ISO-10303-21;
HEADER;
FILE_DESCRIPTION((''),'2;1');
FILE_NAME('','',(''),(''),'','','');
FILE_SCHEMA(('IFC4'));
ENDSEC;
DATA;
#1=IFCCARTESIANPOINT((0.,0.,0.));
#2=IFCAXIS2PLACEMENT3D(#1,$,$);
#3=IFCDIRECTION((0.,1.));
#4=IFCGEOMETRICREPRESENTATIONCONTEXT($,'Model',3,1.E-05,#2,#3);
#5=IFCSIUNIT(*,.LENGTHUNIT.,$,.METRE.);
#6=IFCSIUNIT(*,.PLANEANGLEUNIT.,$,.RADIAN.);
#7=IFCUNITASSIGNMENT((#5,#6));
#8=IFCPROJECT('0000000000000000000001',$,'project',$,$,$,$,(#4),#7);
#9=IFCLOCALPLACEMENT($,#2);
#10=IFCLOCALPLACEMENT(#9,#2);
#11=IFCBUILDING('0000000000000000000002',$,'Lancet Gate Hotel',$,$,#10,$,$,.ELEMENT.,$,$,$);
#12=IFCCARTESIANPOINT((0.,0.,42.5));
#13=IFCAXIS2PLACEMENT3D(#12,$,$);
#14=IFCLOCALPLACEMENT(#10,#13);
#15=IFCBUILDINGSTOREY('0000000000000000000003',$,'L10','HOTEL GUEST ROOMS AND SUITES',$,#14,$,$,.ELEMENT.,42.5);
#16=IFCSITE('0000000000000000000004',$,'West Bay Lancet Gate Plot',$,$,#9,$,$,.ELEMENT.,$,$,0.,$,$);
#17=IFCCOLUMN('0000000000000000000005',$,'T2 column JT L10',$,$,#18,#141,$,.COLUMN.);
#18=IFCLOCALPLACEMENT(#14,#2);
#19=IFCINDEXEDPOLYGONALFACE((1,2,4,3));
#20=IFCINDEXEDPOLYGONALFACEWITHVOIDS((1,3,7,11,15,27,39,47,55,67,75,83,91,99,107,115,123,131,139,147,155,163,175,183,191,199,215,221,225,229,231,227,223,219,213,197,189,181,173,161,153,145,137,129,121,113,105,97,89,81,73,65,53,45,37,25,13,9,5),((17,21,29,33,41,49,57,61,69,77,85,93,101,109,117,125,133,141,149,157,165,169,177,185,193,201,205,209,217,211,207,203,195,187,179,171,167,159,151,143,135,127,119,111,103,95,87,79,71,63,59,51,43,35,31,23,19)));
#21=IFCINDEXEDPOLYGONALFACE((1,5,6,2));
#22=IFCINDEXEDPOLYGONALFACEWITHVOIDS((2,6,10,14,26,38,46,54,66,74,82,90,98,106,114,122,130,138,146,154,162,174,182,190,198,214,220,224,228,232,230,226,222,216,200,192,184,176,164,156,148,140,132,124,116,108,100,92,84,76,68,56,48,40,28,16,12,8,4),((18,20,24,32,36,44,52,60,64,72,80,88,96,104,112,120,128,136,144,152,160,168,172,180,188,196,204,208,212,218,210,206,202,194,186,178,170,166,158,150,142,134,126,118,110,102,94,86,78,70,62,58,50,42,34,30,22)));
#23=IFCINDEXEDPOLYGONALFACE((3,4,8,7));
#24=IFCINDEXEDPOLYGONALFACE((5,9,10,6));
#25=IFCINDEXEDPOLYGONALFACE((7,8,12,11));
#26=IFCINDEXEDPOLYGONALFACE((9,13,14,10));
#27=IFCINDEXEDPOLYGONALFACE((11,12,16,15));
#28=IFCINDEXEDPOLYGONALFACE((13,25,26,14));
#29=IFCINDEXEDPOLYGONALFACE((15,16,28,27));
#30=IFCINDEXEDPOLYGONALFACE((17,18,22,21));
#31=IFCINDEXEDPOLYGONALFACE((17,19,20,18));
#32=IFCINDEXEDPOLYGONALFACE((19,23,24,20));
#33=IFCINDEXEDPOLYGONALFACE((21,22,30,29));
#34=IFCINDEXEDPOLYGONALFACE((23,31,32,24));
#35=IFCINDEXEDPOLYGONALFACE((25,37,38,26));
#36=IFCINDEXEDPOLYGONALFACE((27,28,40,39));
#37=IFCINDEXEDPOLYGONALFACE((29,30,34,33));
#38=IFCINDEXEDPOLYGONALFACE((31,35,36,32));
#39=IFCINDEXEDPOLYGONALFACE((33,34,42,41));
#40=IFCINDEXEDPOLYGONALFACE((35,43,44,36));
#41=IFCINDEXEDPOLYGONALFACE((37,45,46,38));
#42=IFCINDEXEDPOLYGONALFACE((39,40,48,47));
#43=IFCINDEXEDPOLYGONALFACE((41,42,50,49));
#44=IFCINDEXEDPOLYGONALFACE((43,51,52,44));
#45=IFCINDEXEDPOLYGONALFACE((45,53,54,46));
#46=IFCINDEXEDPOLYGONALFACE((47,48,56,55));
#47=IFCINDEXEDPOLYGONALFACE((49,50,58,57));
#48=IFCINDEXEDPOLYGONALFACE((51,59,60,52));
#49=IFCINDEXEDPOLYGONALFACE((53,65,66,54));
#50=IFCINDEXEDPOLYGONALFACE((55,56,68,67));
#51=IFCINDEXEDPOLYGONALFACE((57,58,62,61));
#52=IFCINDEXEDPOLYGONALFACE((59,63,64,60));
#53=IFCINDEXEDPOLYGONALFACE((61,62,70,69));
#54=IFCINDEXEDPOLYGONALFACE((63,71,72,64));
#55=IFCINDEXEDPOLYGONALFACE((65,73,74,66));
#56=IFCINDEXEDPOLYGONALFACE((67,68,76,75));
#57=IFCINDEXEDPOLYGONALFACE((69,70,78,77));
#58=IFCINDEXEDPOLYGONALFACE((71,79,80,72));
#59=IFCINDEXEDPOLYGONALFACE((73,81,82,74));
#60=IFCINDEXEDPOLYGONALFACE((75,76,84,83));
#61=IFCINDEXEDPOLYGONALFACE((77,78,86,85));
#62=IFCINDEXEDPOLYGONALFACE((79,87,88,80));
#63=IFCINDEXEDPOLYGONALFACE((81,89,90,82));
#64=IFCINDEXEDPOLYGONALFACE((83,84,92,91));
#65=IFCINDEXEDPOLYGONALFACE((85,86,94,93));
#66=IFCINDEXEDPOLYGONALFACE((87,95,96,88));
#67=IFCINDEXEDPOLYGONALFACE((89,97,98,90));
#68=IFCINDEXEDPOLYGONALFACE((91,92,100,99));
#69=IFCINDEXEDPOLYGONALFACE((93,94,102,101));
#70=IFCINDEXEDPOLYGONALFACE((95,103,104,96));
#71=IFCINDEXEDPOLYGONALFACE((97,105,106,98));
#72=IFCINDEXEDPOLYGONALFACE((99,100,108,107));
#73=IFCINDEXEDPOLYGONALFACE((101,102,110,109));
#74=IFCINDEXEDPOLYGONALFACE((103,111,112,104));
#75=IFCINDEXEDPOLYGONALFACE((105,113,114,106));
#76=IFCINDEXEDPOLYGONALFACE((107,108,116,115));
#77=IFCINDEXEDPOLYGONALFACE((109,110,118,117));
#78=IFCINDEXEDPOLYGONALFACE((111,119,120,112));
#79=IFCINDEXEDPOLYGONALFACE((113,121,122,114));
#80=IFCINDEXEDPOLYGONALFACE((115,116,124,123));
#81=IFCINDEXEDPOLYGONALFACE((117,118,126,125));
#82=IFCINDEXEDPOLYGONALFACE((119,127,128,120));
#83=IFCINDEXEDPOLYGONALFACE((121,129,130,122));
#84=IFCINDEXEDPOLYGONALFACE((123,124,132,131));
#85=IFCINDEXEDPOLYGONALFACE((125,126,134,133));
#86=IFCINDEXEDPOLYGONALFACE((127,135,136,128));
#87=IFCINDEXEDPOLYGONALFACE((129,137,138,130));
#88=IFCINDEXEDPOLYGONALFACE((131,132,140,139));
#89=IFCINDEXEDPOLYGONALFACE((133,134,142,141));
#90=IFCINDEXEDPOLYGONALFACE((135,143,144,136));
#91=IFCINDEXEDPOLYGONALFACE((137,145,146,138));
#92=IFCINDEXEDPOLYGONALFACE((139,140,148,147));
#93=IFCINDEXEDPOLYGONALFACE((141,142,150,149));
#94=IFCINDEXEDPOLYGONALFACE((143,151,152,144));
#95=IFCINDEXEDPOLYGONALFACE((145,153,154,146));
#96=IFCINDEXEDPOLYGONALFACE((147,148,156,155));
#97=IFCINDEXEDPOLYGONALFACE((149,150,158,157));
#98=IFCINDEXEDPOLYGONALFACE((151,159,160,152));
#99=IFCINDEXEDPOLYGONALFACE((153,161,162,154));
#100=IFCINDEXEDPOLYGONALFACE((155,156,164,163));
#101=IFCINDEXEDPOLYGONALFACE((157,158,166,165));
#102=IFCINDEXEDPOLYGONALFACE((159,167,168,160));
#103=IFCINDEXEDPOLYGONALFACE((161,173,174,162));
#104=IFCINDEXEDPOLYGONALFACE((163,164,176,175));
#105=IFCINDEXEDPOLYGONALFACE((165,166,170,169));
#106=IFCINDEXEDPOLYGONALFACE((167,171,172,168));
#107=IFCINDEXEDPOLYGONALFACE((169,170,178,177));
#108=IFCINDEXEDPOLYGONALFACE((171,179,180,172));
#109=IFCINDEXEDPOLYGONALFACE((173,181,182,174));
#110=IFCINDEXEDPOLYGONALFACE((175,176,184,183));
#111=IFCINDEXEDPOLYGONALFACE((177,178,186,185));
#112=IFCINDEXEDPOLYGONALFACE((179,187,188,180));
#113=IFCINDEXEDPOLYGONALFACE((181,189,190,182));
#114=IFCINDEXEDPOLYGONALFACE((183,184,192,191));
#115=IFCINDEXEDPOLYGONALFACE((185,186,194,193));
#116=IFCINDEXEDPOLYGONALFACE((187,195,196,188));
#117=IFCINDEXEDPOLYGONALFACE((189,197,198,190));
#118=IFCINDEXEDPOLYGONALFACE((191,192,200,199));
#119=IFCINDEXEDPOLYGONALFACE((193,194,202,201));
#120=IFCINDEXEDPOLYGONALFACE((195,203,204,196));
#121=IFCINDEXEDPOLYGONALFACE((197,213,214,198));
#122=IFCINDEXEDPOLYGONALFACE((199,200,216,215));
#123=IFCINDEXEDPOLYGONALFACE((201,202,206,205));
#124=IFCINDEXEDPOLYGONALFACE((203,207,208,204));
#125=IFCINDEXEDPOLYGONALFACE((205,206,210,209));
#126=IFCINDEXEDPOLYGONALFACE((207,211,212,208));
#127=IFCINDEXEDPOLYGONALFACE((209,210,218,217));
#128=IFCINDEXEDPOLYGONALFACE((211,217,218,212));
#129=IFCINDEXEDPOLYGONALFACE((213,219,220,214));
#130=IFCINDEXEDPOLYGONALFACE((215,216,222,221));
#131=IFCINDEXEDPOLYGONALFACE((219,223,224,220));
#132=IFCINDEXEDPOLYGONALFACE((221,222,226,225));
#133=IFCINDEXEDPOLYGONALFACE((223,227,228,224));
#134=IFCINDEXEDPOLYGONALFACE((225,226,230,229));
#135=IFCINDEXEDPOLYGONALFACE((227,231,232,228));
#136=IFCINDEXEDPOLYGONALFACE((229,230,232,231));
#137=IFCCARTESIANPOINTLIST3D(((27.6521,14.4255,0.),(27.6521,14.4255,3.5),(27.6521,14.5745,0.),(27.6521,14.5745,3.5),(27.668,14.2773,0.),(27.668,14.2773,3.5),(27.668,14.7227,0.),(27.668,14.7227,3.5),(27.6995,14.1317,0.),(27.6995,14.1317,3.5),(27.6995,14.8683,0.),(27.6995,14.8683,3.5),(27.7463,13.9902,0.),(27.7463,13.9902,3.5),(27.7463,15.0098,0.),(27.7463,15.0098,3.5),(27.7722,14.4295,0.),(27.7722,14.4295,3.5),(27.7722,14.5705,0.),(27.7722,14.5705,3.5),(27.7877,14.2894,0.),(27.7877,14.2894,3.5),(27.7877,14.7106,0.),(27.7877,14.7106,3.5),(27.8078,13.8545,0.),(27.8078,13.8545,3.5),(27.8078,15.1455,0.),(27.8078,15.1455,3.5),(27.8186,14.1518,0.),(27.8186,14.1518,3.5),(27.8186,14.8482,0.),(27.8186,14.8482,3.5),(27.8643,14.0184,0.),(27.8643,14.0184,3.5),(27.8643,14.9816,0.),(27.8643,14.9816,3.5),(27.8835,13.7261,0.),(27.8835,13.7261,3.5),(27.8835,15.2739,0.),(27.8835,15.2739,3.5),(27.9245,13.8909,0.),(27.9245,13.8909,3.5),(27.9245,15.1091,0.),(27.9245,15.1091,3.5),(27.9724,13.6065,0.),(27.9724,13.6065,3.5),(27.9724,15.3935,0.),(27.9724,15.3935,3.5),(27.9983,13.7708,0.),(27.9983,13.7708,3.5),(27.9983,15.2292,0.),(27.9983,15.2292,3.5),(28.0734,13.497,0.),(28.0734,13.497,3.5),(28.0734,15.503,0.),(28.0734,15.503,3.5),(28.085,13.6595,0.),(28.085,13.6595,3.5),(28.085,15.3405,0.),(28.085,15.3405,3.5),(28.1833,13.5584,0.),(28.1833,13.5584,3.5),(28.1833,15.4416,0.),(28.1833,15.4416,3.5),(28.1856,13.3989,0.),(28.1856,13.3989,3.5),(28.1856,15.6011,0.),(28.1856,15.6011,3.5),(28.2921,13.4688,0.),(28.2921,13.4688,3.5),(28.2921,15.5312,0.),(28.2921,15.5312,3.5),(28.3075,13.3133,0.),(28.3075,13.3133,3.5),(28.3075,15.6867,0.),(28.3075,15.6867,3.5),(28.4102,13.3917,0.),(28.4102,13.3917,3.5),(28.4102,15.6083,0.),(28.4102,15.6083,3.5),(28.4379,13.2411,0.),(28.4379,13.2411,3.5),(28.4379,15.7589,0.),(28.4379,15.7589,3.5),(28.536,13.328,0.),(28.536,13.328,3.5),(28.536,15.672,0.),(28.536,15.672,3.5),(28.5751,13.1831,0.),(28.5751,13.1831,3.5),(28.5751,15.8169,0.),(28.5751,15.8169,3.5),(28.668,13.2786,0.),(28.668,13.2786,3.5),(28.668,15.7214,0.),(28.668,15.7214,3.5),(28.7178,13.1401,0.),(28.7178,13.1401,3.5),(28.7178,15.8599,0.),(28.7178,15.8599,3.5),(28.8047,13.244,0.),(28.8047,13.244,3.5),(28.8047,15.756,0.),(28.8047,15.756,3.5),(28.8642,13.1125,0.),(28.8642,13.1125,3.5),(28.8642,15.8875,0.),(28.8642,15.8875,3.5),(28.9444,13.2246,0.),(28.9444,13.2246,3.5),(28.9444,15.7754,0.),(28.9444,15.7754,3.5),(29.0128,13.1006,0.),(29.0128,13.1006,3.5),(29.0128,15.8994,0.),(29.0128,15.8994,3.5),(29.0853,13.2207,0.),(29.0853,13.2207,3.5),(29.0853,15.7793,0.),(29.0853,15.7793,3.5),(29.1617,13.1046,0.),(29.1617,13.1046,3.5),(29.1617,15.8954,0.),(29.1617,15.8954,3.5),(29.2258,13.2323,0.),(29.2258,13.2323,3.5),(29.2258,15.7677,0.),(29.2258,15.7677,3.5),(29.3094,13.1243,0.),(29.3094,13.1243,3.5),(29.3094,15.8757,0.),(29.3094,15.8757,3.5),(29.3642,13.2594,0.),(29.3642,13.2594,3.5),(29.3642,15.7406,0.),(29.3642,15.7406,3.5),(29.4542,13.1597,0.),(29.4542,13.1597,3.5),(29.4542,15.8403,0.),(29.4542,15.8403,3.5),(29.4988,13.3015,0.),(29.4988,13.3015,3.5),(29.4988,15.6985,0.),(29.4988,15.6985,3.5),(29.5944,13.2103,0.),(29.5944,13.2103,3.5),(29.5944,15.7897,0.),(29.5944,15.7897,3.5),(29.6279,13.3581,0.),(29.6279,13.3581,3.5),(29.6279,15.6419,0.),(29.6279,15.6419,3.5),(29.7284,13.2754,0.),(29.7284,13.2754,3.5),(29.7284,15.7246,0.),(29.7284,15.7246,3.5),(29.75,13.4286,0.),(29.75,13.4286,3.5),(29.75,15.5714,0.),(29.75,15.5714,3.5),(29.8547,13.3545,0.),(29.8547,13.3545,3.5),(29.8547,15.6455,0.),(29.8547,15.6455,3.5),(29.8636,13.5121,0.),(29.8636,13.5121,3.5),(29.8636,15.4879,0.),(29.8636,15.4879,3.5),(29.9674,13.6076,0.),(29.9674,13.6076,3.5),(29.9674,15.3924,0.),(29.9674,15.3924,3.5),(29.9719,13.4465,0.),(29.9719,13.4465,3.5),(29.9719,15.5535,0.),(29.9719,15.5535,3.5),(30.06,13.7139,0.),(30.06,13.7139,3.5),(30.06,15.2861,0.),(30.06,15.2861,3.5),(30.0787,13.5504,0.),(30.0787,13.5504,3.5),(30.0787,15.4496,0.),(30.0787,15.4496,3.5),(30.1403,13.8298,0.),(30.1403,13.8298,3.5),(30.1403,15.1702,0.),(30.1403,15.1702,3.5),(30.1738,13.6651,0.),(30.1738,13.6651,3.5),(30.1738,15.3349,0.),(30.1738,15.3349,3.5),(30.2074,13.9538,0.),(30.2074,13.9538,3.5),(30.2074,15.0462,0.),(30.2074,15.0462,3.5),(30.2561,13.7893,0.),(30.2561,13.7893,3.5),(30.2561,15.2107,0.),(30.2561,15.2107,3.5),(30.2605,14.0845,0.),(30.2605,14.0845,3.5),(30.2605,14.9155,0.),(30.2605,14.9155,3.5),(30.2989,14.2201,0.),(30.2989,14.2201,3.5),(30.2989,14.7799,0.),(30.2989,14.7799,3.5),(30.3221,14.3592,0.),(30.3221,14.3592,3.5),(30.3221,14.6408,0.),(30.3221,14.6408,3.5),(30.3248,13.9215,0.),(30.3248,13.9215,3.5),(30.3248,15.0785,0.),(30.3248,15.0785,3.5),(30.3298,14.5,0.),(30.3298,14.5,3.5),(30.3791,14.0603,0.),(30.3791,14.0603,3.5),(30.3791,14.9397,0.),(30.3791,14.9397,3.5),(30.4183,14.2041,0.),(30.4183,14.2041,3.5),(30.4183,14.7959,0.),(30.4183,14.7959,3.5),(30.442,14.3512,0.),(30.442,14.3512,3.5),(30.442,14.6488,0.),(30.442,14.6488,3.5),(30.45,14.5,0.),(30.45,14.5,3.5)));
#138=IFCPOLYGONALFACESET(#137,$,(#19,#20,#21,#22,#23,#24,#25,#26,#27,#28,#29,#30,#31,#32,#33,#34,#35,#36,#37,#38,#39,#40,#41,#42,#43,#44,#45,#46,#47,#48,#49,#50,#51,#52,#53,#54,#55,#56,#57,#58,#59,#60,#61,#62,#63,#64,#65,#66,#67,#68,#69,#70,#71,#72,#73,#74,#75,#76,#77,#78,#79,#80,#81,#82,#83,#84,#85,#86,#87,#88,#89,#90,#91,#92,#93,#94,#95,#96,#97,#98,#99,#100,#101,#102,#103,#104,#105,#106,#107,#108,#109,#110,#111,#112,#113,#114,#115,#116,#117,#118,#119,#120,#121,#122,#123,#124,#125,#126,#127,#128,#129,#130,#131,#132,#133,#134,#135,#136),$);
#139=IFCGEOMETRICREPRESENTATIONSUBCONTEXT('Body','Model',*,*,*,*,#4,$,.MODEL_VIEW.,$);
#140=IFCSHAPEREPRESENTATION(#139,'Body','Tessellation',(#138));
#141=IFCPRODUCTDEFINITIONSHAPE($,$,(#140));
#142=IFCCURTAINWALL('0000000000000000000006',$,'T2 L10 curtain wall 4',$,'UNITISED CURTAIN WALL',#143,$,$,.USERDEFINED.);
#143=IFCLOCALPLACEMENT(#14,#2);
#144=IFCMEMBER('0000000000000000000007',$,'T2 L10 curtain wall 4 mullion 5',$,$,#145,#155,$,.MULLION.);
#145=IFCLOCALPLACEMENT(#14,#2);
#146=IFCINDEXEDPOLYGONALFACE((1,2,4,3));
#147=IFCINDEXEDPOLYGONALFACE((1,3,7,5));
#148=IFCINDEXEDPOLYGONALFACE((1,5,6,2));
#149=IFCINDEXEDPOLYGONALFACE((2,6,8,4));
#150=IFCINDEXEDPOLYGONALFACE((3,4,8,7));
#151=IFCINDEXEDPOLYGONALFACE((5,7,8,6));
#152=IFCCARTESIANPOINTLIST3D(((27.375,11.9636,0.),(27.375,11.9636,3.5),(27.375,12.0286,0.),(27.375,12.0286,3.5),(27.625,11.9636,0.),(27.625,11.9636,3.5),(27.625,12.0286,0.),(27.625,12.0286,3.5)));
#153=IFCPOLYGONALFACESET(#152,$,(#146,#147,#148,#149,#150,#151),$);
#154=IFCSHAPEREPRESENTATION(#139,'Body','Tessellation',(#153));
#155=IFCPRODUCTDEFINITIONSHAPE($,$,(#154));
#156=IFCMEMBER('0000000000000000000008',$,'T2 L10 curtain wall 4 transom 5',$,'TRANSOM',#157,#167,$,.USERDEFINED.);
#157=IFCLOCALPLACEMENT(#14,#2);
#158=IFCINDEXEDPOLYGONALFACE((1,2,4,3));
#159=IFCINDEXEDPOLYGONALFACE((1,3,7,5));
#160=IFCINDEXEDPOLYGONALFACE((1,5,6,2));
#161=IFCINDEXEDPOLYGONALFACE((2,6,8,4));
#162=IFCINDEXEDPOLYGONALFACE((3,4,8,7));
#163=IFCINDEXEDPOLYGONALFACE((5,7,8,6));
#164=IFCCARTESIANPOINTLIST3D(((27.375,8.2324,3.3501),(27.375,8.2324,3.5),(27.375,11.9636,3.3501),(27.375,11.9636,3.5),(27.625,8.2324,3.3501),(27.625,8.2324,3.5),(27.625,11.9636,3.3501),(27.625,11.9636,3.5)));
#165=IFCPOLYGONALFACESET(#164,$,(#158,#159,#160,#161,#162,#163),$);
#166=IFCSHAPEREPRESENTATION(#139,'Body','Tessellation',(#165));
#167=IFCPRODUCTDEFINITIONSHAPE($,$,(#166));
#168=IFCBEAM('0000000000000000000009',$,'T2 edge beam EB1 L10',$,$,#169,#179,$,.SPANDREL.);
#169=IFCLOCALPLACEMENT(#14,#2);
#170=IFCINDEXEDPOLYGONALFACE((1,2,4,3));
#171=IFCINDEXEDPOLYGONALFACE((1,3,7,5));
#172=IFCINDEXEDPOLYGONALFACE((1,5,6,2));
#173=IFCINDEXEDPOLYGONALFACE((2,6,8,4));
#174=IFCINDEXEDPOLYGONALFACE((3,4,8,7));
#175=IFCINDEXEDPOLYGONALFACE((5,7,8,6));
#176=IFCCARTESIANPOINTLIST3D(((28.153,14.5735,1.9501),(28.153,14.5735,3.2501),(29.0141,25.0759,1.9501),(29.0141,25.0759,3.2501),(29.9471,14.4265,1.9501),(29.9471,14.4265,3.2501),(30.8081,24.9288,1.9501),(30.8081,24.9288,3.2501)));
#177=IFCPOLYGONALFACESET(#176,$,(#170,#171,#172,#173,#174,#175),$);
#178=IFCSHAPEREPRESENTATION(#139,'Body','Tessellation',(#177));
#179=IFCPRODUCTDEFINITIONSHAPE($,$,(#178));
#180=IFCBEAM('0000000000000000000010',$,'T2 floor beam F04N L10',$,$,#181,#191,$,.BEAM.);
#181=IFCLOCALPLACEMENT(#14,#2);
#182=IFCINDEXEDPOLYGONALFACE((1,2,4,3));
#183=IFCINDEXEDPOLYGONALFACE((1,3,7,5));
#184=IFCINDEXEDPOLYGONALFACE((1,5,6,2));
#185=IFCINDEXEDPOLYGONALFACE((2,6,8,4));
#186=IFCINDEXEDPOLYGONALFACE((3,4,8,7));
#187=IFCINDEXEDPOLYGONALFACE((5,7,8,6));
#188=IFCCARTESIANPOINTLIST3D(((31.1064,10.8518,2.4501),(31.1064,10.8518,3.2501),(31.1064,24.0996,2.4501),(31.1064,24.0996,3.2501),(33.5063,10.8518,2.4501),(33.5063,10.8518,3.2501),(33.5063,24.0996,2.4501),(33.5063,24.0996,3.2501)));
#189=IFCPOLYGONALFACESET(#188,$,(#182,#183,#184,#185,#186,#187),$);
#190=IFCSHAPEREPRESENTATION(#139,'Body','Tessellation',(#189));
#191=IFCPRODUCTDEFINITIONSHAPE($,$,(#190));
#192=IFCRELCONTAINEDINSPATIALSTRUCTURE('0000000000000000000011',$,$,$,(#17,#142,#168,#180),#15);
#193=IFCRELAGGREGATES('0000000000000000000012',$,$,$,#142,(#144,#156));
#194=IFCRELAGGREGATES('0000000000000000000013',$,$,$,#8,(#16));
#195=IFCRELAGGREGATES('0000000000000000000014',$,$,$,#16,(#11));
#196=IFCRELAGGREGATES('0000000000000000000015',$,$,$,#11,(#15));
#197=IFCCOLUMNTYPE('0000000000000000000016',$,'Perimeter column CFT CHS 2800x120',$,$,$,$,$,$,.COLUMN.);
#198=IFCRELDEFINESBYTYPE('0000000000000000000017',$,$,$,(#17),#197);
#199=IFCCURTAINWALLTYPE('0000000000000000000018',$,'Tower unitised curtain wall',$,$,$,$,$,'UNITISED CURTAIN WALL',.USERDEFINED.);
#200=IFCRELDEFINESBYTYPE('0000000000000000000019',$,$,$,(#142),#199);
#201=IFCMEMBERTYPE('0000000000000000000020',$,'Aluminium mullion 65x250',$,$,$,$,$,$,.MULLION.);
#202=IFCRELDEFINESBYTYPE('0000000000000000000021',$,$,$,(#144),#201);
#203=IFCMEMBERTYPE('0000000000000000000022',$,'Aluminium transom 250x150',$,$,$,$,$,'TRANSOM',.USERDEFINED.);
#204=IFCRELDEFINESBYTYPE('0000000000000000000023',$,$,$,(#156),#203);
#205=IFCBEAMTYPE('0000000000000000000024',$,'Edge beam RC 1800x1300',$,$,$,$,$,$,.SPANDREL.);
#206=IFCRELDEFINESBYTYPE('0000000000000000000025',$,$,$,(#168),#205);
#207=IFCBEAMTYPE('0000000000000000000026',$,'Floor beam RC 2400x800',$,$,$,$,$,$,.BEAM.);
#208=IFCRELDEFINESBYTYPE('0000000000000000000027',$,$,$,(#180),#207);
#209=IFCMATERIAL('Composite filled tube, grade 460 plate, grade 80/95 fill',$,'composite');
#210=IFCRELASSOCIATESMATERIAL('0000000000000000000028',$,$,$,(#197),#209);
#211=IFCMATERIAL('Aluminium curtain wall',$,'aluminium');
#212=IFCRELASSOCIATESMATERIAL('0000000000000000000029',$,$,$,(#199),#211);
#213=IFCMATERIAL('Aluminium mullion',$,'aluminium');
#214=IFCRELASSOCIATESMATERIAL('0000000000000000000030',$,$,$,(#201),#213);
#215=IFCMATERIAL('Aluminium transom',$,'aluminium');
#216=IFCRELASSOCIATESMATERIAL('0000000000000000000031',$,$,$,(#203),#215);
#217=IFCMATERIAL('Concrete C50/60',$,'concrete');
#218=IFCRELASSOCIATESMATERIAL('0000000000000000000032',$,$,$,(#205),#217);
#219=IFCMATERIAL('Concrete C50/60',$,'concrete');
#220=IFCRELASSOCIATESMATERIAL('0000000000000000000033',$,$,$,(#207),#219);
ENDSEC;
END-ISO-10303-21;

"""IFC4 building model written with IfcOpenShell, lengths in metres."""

from ifc_helpers import new_model, si_unit, direction, frame, origin, origin_2d, place, context, subcontext, project, spatial, rectangle, hollow_circle, extrude, material, material_profile, profile_set, type_object, element, aggregate, save


model = new_model("IFC4")

# Units and contexts
model_context = context("Model", 3, precision=1e-05, world=origin(), true_north=direction((0.0, 1.0)))
body_context = subcontext(model_context, "Body", "Model", "MODEL_VIEW")
ifc_project = project(units=[si_unit("LENGTHUNIT", "METRE"), si_unit("PLANEANGLEUNIT", "RADIAN")], contexts=[model_context])

# Site, building, storey
site_placement = place(None, origin())
site = spatial("IfcSite", under=ifc_project, at=site_placement, Name="West Bay Lancet Gate Plot", CompositionType="ELEMENT", RefElevation=0.0)
building_placement = place(site_placement, origin())
building = spatial("IfcBuilding", under=site, at=building_placement, Name="Lancet Gate Hotel", CompositionType="ELEMENT")
storey_placement = place(building_placement, frame((0.0, 0.0, 42.5)))
storey = spatial("IfcBuildingStorey", under=building, at=storey_placement, Name="L10", Description="HOTEL GUEST ROOMS AND SUITES", CompositionType="ELEMENT", Elevation=42.5)

# Column
ifc_material_1 = material(Name="Composite filled tube, grade 460 plate, grade 80/95 fill", Category="composite")
ifc_material_profile_1 = material_profile(ifc_material_1, hollow_circle(Radius=1.3999, WallThickness=0.1201, at=origin_2d()), Name="CHS 2800x120")
ifc_profile_set_1 = profile_set([ifc_material_profile_1], Name="Composite filled tube, grade 460 plate, grade 80/95 fill")
column_type = type_object("IfcColumnType", Name="Perimeter column CFT CHS 2800x120", PredefinedType="COLUMN", material=ifc_profile_set_1)
for number, where, z_axis, x_axis, name in (
    (1, (29.05, 14.5, 0.0), (0.0, 0.0, 1.0), (1.0, 0.0, 0.0), "T2 column JT L10"),
):
    element("IfcColumn", number, at=place(storey_placement, frame(where, z_axis=z_axis, x_axis=x_axis)), inside=storey, type_object=column_type, Name=name, PredefinedType="COLUMN", context=body_context, shape_type="SweptSolid", body=[
        extrude(hollow_circle(Radius=1.3999, WallThickness=0.1201, at=origin_2d()), origin(), (0.0, 0.0, 1.0), 3.5),
    ])

# Curtain wall, members
ifc_material_2 = material(Name="Aluminium curtain wall", Category="aluminium")
curtain_wall_type = type_object("IfcCurtainWallType", Name="Tower unitised curtain wall", ElementType="UNITISED CURTAIN WALL", PredefinedType="USERDEFINED", material=ifc_material_2)
curtain_wall_placement = place(storey_placement, origin())
curtain_wall = element("IfcCurtainWall", 2, at=curtain_wall_placement, inside=storey, type_object=curtain_wall_type, Name="T2 L10 curtain wall 4", ObjectType="UNITISED CURTAIN WALL", PredefinedType="USERDEFINED")
ifc_material_3 = material(Name="Aluminium mullion", Category="aluminium")
ifc_material_profile_2 = material_profile(ifc_material_3, rectangle(XDim=0.0649, YDim=0.25, at=origin_2d()), Name="MULLION 65x250")
ifc_profile_set_2 = profile_set([ifc_material_profile_2], Name="Aluminium mullion")
member_type_1 = type_object("IfcMemberType", Name="Aluminium mullion 65x250", PredefinedType="MULLION", material=ifc_profile_set_2)
member_1_placement = place(storey_placement, frame((27.5, 11.9961, 0.0), z_axis=(0.0, 0.0, 1.0), x_axis=(0.0, -1.0, 0.0)))
member_1 = element("IfcMember", 3, at=member_1_placement, type_object=member_type_1, Name="T2 L10 curtain wall 4 mullion 5", PredefinedType="MULLION", context=body_context, shape_type="SweptSolid", body=[
    extrude(rectangle(XDim=0.0649, YDim=0.25, at=origin_2d()), origin(), (0.0, 0.0, 1.0), 3.5),
])
ifc_material_4 = material(Name="Aluminium transom", Category="aluminium")
ifc_material_profile_3 = material_profile(ifc_material_4, rectangle(XDim=0.25, YDim=0.1499, at=origin_2d()), Name="TRANSOM 250x150")
ifc_profile_set_3 = profile_set([ifc_material_profile_3], Name="Aluminium transom")
member_type_2 = type_object("IfcMemberType", Name="Aluminium transom 250x150", ElementType="TRANSOM", PredefinedType="USERDEFINED", material=ifc_profile_set_3)
member_2_placement = place(storey_placement, frame((27.5, 11.9636, 3.425), z_axis=(0.0, -1.0, 0.0), x_axis=(1.0, 0.0, 0.0)))
member_2 = element("IfcMember", 4, at=member_2_placement, type_object=member_type_2, Name="T2 L10 curtain wall 4 transom 5", ObjectType="TRANSOM", PredefinedType="USERDEFINED", context=body_context, shape_type="SweptSolid", body=[
    extrude(rectangle(XDim=0.25, YDim=0.1499, at=origin_2d()), origin(), (0.0, 0.0, 1.0), 3.7312),
])

# Beams
ifc_material_5 = material(Name="Concrete C50/60", Category="concrete")
ifc_material_profile_4 = material_profile(ifc_material_5, rectangle(XDim=1.8, YDim=1.3, at=origin_2d()), Name="RC 1800x1300")
ifc_profile_set_4 = profile_set([ifc_material_profile_4], Name="Concrete C50/60")
beam_type_1 = type_object("IfcBeamType", Name="Edge beam RC 1800x1300", PredefinedType="SPANDREL", material=ifc_profile_set_4)
beam_1_placement = place(storey_placement, frame((29.05, 14.5, 2.6001), z_axis=(0.081715, 0.996656, 0.0), x_axis=(-0.996656, 0.081715, 0.0)))
element("IfcBeam", 5, at=beam_1_placement, inside=storey, type_object=beam_type_1, Name="T2 edge beam EB1 L10", PredefinedType="SPANDREL", context=body_context, shape_type="SweptSolid", body=[
    extrude(rectangle(XDim=1.8, YDim=1.3, at=origin_2d()), origin(), (0.0, 0.0, 1.0), 10.5376),
])
ifc_material_6 = material(Name="Concrete C50/60", Category="concrete")
ifc_material_profile_5 = material_profile(ifc_material_6, rectangle(XDim=2.3999, YDim=0.8, at=origin_2d()), Name="RC 2400x800")
ifc_profile_set_5 = profile_set([ifc_material_profile_5], Name="Concrete C50/60")
beam_type_2 = type_object("IfcBeamType", Name="Floor beam RC 2400x800", PredefinedType="BEAM", material=ifc_profile_set_5)
beam_2_placement = place(storey_placement, frame((32.3064, 10.8518, 2.8501), z_axis=(0.0, 1.0, 0.0), x_axis=(-1.0, 0.0, 0.0)))
element("IfcBeam", 6, at=beam_2_placement, inside=storey, type_object=beam_type_2, Name="T2 floor beam F04N L10", PredefinedType="BEAM", context=body_context, shape_type="SweptSolid", body=[
    extrude(rectangle(XDim=2.3999, YDim=0.8, at=origin_2d()), origin(), (0.0, 0.0, 1.0), 13.2478),
])

aggregate(curtain_wall, [member_1, member_2])

save(model, "model.ifc")
